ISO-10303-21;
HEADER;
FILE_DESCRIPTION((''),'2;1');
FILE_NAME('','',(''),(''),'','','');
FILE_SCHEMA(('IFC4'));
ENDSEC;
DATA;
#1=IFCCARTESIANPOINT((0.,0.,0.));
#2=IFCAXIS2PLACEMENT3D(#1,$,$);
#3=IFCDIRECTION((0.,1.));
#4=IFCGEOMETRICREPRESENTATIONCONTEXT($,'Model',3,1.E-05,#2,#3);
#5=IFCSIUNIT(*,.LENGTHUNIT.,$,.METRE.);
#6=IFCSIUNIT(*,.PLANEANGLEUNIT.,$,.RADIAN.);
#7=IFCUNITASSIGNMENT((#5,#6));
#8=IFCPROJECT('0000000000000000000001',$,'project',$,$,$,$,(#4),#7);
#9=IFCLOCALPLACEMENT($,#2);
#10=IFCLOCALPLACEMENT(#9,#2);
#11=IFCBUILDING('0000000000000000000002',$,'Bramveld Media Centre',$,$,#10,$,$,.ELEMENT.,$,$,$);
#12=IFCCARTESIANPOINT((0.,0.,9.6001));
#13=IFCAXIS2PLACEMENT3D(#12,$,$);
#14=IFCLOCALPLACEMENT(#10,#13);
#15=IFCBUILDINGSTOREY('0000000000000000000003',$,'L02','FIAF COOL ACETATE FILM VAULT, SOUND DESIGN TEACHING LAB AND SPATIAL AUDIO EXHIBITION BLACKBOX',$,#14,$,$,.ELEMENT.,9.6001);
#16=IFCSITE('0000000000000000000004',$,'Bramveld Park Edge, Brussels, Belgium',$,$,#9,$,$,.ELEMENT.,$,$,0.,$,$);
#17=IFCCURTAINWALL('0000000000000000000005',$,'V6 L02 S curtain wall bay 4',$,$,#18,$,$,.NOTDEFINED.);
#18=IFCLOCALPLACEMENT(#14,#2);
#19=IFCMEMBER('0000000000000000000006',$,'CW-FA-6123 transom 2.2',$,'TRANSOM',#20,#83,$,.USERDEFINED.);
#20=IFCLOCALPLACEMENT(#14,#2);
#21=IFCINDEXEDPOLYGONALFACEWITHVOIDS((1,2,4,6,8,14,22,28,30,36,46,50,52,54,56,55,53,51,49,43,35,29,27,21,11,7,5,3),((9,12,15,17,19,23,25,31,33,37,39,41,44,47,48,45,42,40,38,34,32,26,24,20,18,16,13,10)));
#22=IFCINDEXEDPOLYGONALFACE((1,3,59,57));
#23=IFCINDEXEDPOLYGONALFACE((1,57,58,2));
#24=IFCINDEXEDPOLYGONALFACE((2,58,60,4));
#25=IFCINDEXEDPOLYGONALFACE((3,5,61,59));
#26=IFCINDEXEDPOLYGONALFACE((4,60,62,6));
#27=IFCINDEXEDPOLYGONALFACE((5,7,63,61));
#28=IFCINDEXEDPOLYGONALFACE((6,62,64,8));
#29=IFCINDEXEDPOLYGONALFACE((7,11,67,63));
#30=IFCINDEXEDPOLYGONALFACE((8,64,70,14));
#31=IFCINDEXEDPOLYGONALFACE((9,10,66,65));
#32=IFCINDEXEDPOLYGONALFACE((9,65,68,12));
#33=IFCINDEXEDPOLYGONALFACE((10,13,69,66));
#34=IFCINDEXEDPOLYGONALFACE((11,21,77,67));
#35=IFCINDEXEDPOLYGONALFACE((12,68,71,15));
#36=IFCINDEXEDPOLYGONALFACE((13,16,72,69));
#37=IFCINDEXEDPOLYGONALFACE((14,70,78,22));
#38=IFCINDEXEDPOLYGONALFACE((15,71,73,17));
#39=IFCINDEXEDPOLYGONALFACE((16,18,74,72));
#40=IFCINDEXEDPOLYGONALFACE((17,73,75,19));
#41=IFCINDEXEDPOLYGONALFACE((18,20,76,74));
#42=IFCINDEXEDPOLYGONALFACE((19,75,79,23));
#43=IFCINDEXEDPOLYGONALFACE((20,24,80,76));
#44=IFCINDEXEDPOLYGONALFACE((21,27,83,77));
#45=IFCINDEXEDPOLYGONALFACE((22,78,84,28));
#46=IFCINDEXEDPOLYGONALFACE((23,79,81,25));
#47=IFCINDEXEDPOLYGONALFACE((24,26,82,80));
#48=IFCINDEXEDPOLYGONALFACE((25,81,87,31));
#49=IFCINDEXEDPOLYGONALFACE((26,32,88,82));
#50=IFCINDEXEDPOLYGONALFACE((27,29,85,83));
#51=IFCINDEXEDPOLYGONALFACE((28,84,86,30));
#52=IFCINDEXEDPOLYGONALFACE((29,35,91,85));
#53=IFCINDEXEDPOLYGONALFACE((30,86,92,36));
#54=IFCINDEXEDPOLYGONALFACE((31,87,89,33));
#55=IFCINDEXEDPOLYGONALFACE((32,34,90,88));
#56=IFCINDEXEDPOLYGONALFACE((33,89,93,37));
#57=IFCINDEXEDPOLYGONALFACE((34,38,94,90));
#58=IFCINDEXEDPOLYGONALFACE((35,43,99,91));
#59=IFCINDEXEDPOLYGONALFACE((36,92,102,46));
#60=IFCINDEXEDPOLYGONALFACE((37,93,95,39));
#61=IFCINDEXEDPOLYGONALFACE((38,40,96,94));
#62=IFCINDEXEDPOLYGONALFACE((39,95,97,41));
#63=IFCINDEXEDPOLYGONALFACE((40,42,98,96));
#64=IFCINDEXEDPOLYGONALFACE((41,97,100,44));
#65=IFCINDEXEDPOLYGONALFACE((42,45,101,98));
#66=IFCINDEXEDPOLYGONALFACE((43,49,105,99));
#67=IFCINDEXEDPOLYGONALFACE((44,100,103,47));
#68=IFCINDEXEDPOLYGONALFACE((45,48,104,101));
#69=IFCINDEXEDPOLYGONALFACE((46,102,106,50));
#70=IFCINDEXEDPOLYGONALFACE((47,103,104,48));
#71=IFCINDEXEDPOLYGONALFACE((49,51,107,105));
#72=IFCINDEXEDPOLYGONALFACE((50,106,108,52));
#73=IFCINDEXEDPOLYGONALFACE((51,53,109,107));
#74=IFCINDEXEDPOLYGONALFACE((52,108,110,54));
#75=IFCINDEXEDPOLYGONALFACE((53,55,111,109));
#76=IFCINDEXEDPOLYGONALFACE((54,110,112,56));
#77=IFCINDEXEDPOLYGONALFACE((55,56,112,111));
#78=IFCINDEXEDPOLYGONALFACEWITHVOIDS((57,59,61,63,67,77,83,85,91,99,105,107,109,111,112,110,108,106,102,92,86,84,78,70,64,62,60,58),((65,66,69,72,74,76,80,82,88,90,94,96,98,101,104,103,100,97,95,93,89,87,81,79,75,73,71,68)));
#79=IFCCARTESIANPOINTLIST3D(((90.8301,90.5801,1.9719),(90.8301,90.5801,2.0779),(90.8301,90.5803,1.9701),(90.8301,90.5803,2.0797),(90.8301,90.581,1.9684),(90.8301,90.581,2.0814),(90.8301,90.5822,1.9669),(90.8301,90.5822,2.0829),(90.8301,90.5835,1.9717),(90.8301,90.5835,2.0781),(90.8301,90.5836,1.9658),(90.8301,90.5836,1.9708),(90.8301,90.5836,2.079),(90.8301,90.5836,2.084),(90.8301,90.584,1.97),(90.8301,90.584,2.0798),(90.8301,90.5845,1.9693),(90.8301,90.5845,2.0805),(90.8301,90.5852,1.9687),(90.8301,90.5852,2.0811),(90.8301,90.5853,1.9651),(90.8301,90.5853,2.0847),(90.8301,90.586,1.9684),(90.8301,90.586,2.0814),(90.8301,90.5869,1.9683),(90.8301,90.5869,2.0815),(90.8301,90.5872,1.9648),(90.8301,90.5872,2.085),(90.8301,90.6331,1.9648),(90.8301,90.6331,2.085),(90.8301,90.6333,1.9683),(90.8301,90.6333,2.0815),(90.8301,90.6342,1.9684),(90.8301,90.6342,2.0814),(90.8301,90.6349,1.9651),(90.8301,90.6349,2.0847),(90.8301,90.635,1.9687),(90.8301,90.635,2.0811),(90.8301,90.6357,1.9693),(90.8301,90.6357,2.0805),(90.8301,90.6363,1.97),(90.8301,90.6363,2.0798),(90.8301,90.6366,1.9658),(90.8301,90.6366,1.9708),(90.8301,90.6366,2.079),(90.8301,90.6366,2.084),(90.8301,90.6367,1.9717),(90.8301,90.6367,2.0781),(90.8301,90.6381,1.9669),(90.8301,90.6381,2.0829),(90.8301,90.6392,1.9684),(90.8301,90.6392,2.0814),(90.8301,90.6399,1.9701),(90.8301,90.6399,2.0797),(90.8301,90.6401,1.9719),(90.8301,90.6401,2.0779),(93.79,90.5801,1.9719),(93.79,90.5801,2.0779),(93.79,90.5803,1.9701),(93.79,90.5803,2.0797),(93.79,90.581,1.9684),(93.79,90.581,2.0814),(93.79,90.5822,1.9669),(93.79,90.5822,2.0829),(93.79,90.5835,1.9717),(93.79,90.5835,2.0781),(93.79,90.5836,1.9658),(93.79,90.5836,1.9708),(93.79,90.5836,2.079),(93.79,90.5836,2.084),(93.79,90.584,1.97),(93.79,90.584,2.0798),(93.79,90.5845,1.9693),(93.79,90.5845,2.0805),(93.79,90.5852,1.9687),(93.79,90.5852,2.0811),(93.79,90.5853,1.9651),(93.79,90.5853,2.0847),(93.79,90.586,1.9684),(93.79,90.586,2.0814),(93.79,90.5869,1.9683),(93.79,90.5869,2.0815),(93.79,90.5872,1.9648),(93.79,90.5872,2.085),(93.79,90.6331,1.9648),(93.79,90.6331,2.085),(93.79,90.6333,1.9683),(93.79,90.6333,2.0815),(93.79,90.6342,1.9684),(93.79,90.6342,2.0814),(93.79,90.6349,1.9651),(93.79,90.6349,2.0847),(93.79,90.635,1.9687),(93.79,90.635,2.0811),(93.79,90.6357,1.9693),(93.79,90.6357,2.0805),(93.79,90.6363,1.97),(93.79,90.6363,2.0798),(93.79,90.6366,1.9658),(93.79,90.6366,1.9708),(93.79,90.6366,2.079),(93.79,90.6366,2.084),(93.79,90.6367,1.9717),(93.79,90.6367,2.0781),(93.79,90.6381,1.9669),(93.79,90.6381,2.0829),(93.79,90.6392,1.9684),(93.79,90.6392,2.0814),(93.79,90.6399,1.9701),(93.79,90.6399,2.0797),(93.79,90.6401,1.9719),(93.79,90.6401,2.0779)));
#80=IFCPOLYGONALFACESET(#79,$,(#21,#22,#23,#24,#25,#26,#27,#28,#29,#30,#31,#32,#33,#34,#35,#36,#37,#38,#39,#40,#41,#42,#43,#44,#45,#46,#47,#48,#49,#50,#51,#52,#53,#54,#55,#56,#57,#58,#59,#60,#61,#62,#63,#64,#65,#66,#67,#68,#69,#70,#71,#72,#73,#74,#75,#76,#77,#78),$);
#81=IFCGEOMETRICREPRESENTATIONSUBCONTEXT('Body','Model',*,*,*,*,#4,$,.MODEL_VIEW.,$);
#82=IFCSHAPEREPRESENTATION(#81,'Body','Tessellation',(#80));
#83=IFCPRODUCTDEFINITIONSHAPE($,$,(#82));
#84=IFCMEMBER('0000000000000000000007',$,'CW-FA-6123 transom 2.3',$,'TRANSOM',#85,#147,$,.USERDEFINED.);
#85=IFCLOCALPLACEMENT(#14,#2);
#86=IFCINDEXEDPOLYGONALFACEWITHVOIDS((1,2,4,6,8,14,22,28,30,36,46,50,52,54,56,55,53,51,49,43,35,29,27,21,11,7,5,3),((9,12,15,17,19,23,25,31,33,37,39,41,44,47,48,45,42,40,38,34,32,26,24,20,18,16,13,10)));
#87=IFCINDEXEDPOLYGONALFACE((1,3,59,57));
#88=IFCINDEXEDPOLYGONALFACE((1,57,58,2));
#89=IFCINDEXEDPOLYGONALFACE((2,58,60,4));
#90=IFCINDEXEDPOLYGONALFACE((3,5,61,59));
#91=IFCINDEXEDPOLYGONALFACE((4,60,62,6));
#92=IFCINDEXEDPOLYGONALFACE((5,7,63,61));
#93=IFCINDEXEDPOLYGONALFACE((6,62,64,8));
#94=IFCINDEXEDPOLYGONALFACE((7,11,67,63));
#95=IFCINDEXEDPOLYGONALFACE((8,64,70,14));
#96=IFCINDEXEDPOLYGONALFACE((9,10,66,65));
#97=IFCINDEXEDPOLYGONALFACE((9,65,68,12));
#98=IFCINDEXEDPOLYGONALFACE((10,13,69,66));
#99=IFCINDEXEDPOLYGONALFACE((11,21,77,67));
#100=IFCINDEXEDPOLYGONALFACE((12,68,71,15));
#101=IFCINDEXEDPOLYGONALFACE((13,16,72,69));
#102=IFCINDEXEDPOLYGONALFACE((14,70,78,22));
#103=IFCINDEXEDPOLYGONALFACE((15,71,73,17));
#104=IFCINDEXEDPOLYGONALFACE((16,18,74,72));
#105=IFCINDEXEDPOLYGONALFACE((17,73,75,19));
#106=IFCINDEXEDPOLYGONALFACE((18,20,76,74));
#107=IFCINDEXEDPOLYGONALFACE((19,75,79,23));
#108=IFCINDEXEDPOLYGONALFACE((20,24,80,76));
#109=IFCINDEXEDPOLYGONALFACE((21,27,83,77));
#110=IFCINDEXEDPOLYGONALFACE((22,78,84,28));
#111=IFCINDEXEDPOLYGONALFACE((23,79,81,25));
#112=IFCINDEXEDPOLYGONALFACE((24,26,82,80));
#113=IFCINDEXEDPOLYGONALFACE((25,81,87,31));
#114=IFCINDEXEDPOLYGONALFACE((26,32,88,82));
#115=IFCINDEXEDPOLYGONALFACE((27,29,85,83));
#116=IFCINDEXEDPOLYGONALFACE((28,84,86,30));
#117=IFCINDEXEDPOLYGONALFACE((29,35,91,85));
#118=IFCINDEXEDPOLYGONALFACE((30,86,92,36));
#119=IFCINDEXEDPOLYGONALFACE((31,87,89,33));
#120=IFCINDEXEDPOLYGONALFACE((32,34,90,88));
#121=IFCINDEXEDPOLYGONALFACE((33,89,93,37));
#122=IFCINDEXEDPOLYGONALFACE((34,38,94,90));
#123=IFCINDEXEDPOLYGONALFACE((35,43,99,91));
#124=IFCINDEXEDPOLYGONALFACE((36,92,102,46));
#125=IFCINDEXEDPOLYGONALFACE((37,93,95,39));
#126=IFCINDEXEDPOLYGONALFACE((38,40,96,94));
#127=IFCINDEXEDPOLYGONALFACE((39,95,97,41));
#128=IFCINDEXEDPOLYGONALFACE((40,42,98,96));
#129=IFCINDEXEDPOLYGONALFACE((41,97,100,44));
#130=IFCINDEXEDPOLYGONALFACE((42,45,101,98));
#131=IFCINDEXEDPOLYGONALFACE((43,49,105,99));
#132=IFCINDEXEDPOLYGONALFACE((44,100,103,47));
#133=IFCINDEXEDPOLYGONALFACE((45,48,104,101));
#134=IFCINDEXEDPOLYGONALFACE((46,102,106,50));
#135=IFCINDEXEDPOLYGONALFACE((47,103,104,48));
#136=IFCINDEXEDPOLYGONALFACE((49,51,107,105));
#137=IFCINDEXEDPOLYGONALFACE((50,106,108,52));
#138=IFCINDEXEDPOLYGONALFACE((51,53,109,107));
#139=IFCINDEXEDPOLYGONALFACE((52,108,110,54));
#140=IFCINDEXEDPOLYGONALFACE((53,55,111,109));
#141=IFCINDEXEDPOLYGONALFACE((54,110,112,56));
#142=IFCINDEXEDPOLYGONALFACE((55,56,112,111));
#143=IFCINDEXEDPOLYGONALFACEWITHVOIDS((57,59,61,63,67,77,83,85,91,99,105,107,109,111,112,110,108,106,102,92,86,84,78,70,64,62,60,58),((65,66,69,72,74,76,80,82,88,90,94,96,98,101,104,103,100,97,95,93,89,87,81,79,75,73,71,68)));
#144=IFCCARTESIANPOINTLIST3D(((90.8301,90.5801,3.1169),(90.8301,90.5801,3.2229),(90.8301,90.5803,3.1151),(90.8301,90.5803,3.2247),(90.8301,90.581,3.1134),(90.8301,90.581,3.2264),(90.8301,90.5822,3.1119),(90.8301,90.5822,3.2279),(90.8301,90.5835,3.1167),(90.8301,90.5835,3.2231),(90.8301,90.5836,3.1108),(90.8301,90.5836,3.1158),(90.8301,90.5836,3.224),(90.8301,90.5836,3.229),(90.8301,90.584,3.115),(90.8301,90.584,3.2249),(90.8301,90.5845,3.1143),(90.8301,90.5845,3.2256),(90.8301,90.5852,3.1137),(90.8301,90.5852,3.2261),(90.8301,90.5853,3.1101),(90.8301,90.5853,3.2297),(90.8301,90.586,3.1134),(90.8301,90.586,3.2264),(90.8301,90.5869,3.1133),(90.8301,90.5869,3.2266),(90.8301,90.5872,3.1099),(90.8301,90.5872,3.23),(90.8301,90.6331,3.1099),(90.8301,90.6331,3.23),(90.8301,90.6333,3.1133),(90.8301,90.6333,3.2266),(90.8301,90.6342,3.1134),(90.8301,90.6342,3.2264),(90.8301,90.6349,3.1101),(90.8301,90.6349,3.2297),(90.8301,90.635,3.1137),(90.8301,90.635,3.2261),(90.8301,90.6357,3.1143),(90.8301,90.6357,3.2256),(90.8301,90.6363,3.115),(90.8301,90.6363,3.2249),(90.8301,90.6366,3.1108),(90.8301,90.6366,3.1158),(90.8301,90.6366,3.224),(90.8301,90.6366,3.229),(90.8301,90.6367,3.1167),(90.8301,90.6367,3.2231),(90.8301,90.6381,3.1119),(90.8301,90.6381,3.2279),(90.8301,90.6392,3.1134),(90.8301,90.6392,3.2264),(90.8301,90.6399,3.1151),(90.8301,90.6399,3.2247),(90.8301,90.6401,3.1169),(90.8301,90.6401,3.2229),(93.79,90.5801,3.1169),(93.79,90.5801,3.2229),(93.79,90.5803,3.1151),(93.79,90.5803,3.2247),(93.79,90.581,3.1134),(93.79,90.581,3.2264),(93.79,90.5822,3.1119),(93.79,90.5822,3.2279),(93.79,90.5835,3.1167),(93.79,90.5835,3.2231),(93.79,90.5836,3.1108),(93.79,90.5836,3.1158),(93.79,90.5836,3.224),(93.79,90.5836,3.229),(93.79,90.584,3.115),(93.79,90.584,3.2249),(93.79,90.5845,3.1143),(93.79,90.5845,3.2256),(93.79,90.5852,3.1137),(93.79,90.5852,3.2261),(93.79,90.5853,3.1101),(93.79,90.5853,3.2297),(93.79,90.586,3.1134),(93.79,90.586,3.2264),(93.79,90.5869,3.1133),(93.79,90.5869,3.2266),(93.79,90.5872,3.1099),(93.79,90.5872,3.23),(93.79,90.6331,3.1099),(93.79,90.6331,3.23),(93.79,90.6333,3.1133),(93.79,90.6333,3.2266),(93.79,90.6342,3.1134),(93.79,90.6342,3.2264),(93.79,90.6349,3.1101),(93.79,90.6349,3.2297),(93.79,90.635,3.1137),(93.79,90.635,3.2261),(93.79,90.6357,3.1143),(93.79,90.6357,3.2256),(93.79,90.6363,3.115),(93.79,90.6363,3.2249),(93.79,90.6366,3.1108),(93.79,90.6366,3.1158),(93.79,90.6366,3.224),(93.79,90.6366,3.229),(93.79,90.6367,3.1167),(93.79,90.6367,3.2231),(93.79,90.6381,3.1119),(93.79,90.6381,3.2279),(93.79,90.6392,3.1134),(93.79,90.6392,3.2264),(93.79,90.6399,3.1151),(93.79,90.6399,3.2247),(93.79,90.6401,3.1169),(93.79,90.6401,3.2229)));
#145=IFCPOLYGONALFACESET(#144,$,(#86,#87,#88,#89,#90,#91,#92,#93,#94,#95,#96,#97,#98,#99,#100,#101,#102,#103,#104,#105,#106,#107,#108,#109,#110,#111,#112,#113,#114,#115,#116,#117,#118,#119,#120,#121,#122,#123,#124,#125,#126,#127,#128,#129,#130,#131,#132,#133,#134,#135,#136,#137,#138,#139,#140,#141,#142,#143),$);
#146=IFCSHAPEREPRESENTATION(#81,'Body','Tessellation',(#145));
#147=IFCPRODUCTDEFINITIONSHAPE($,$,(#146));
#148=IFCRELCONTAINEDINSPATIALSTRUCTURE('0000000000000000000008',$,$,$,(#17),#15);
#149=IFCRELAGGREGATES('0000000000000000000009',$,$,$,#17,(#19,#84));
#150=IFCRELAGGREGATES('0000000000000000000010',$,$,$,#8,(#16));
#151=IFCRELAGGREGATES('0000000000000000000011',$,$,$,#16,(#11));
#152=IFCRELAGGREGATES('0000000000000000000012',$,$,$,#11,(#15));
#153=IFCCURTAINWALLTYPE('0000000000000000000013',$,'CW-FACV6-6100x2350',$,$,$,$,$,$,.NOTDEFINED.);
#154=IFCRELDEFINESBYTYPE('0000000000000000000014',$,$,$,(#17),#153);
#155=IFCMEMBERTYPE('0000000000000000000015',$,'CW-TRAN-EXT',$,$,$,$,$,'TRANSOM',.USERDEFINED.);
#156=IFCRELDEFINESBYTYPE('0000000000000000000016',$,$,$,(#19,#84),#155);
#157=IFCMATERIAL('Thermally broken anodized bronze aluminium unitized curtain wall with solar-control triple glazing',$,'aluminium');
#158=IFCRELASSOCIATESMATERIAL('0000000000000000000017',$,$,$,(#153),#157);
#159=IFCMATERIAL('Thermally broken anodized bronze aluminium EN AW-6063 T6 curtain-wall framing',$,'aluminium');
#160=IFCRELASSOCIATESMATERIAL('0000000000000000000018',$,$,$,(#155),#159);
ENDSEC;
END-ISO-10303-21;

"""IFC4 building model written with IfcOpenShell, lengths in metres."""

from ifc_helpers import new_model, si_unit, direction, frame, origin, origin_2d, place, context, subcontext, project, spatial, hollow_rectangle, extrude, material, material_profile, profile_set, type_object, element, aggregate, save


model = new_model("IFC4")

# Units and contexts
model_context = context("Model", 3, precision=1e-05, world=origin(), true_north=direction((0.0, 1.0)))
body_context = subcontext(model_context, "Body", "Model", "MODEL_VIEW")
ifc_project = project(units=[si_unit("LENGTHUNIT", "METRE"), si_unit("PLANEANGLEUNIT", "RADIAN")], contexts=[model_context])

# Site, building, storey
site_placement = place(None, origin())
site = spatial("IfcSite", under=ifc_project, at=site_placement, Name="Bramveld Park Edge, Brussels, Belgium", CompositionType="ELEMENT", RefElevation=0.0)
building_placement = place(site_placement, origin())
building = spatial("IfcBuilding", under=site, at=building_placement, Name="Bramveld Media Centre", CompositionType="ELEMENT")
storey_placement = place(building_placement, frame((0.0, 0.0, 9.6001)))
storey = spatial("IfcBuildingStorey", under=building, at=storey_placement, Name="L02", Description="FIAF COOL ACETATE FILM VAULT, SOUND DESIGN TEACHING LAB AND SPATIAL AUDIO EXHIBITION BLACKBOX", CompositionType="ELEMENT", Elevation=9.6001)

# Curtain wall
ifc_material_1 = material(Name="Thermally broken anodized bronze aluminium unitized curtain wall with solar-control triple glazing", Category="aluminium")
curtain_wall_type_1 = type_object("IfcCurtainWallType", Name="CW-FACV6-6100x2350", PredefinedType="NOTDEFINED", material=ifc_material_1)
curtain_wall_1_placement = place(storey_placement, origin())
curtain_wall_1 = element("IfcCurtainWall", 1, at=curtain_wall_1_placement, inside=storey, type_object=curtain_wall_type_1, Name="V6 L02 S curtain wall bay 4", PredefinedType="NOTDEFINED")

# Members
ifc_material_2 = material(Name="Thermally broken anodized bronze aluminium EN AW-6063 T6 curtain-wall framing", Category="aluminium")
ifc_material_profile_1 = material_profile(ifc_material_2, hollow_rectangle(XDim=0.0601, YDim=0.1201, WallThickness=0.0034, InnerFilletRadius=0.0034, OuterFilletRadius=0.0071, at=origin_2d()), Name="AL-TRAN 60x120")
ifc_profile_set_1 = profile_set([ifc_material_profile_1], Name="Thermally broken anodized bronze aluminium EN AW-6063 T6 curtain-wall framing")
member_type_1 = type_object("IfcMemberType", Name="CW-TRAN-EXT", ElementType="TRANSOM", PredefinedType="USERDEFINED", material=ifc_profile_set_1)
member_1_placement = place(storey_placement, frame((90.8301, 90.6101, 2.0249), z_axis=(1.0, 0.0, 0.0), x_axis=(0.0, 1.0, 0.0)))
member_1 = element("IfcMember", 2, at=member_1_placement, type_object=member_type_1, Name="CW-FA-6123 transom 2.2", ObjectType="TRANSOM", PredefinedType="USERDEFINED", context=body_context, shape_type="SweptSolid", body=[
    extrude(hollow_rectangle(XDim=0.0601, YDim=0.1201, WallThickness=0.0034, InnerFilletRadius=0.0034, OuterFilletRadius=0.0071, at=origin_2d()), origin(), (0.0, 0.0, 1.0), 2.96),
])
member_2_placement = place(storey_placement, frame((90.8301, 90.6101, 3.1699), z_axis=(1.0, 0.0, 0.0), x_axis=(0.0, 1.0, 0.0)))
member_2 = element("IfcMember", 3, at=member_2_placement, type_object=member_type_1, Name="CW-FA-6123 transom 2.3", ObjectType="TRANSOM", PredefinedType="USERDEFINED", context=body_context, shape_type="SweptSolid", body=[
    extrude(hollow_rectangle(XDim=0.0601, YDim=0.1201, WallThickness=0.0034, InnerFilletRadius=0.0034, OuterFilletRadius=0.0071, at=origin_2d()), origin(), (0.0, 0.0, 1.0), 2.96),
])

aggregate(curtain_wall_1, [member_1, member_2])

save(model, "model.ifc")
